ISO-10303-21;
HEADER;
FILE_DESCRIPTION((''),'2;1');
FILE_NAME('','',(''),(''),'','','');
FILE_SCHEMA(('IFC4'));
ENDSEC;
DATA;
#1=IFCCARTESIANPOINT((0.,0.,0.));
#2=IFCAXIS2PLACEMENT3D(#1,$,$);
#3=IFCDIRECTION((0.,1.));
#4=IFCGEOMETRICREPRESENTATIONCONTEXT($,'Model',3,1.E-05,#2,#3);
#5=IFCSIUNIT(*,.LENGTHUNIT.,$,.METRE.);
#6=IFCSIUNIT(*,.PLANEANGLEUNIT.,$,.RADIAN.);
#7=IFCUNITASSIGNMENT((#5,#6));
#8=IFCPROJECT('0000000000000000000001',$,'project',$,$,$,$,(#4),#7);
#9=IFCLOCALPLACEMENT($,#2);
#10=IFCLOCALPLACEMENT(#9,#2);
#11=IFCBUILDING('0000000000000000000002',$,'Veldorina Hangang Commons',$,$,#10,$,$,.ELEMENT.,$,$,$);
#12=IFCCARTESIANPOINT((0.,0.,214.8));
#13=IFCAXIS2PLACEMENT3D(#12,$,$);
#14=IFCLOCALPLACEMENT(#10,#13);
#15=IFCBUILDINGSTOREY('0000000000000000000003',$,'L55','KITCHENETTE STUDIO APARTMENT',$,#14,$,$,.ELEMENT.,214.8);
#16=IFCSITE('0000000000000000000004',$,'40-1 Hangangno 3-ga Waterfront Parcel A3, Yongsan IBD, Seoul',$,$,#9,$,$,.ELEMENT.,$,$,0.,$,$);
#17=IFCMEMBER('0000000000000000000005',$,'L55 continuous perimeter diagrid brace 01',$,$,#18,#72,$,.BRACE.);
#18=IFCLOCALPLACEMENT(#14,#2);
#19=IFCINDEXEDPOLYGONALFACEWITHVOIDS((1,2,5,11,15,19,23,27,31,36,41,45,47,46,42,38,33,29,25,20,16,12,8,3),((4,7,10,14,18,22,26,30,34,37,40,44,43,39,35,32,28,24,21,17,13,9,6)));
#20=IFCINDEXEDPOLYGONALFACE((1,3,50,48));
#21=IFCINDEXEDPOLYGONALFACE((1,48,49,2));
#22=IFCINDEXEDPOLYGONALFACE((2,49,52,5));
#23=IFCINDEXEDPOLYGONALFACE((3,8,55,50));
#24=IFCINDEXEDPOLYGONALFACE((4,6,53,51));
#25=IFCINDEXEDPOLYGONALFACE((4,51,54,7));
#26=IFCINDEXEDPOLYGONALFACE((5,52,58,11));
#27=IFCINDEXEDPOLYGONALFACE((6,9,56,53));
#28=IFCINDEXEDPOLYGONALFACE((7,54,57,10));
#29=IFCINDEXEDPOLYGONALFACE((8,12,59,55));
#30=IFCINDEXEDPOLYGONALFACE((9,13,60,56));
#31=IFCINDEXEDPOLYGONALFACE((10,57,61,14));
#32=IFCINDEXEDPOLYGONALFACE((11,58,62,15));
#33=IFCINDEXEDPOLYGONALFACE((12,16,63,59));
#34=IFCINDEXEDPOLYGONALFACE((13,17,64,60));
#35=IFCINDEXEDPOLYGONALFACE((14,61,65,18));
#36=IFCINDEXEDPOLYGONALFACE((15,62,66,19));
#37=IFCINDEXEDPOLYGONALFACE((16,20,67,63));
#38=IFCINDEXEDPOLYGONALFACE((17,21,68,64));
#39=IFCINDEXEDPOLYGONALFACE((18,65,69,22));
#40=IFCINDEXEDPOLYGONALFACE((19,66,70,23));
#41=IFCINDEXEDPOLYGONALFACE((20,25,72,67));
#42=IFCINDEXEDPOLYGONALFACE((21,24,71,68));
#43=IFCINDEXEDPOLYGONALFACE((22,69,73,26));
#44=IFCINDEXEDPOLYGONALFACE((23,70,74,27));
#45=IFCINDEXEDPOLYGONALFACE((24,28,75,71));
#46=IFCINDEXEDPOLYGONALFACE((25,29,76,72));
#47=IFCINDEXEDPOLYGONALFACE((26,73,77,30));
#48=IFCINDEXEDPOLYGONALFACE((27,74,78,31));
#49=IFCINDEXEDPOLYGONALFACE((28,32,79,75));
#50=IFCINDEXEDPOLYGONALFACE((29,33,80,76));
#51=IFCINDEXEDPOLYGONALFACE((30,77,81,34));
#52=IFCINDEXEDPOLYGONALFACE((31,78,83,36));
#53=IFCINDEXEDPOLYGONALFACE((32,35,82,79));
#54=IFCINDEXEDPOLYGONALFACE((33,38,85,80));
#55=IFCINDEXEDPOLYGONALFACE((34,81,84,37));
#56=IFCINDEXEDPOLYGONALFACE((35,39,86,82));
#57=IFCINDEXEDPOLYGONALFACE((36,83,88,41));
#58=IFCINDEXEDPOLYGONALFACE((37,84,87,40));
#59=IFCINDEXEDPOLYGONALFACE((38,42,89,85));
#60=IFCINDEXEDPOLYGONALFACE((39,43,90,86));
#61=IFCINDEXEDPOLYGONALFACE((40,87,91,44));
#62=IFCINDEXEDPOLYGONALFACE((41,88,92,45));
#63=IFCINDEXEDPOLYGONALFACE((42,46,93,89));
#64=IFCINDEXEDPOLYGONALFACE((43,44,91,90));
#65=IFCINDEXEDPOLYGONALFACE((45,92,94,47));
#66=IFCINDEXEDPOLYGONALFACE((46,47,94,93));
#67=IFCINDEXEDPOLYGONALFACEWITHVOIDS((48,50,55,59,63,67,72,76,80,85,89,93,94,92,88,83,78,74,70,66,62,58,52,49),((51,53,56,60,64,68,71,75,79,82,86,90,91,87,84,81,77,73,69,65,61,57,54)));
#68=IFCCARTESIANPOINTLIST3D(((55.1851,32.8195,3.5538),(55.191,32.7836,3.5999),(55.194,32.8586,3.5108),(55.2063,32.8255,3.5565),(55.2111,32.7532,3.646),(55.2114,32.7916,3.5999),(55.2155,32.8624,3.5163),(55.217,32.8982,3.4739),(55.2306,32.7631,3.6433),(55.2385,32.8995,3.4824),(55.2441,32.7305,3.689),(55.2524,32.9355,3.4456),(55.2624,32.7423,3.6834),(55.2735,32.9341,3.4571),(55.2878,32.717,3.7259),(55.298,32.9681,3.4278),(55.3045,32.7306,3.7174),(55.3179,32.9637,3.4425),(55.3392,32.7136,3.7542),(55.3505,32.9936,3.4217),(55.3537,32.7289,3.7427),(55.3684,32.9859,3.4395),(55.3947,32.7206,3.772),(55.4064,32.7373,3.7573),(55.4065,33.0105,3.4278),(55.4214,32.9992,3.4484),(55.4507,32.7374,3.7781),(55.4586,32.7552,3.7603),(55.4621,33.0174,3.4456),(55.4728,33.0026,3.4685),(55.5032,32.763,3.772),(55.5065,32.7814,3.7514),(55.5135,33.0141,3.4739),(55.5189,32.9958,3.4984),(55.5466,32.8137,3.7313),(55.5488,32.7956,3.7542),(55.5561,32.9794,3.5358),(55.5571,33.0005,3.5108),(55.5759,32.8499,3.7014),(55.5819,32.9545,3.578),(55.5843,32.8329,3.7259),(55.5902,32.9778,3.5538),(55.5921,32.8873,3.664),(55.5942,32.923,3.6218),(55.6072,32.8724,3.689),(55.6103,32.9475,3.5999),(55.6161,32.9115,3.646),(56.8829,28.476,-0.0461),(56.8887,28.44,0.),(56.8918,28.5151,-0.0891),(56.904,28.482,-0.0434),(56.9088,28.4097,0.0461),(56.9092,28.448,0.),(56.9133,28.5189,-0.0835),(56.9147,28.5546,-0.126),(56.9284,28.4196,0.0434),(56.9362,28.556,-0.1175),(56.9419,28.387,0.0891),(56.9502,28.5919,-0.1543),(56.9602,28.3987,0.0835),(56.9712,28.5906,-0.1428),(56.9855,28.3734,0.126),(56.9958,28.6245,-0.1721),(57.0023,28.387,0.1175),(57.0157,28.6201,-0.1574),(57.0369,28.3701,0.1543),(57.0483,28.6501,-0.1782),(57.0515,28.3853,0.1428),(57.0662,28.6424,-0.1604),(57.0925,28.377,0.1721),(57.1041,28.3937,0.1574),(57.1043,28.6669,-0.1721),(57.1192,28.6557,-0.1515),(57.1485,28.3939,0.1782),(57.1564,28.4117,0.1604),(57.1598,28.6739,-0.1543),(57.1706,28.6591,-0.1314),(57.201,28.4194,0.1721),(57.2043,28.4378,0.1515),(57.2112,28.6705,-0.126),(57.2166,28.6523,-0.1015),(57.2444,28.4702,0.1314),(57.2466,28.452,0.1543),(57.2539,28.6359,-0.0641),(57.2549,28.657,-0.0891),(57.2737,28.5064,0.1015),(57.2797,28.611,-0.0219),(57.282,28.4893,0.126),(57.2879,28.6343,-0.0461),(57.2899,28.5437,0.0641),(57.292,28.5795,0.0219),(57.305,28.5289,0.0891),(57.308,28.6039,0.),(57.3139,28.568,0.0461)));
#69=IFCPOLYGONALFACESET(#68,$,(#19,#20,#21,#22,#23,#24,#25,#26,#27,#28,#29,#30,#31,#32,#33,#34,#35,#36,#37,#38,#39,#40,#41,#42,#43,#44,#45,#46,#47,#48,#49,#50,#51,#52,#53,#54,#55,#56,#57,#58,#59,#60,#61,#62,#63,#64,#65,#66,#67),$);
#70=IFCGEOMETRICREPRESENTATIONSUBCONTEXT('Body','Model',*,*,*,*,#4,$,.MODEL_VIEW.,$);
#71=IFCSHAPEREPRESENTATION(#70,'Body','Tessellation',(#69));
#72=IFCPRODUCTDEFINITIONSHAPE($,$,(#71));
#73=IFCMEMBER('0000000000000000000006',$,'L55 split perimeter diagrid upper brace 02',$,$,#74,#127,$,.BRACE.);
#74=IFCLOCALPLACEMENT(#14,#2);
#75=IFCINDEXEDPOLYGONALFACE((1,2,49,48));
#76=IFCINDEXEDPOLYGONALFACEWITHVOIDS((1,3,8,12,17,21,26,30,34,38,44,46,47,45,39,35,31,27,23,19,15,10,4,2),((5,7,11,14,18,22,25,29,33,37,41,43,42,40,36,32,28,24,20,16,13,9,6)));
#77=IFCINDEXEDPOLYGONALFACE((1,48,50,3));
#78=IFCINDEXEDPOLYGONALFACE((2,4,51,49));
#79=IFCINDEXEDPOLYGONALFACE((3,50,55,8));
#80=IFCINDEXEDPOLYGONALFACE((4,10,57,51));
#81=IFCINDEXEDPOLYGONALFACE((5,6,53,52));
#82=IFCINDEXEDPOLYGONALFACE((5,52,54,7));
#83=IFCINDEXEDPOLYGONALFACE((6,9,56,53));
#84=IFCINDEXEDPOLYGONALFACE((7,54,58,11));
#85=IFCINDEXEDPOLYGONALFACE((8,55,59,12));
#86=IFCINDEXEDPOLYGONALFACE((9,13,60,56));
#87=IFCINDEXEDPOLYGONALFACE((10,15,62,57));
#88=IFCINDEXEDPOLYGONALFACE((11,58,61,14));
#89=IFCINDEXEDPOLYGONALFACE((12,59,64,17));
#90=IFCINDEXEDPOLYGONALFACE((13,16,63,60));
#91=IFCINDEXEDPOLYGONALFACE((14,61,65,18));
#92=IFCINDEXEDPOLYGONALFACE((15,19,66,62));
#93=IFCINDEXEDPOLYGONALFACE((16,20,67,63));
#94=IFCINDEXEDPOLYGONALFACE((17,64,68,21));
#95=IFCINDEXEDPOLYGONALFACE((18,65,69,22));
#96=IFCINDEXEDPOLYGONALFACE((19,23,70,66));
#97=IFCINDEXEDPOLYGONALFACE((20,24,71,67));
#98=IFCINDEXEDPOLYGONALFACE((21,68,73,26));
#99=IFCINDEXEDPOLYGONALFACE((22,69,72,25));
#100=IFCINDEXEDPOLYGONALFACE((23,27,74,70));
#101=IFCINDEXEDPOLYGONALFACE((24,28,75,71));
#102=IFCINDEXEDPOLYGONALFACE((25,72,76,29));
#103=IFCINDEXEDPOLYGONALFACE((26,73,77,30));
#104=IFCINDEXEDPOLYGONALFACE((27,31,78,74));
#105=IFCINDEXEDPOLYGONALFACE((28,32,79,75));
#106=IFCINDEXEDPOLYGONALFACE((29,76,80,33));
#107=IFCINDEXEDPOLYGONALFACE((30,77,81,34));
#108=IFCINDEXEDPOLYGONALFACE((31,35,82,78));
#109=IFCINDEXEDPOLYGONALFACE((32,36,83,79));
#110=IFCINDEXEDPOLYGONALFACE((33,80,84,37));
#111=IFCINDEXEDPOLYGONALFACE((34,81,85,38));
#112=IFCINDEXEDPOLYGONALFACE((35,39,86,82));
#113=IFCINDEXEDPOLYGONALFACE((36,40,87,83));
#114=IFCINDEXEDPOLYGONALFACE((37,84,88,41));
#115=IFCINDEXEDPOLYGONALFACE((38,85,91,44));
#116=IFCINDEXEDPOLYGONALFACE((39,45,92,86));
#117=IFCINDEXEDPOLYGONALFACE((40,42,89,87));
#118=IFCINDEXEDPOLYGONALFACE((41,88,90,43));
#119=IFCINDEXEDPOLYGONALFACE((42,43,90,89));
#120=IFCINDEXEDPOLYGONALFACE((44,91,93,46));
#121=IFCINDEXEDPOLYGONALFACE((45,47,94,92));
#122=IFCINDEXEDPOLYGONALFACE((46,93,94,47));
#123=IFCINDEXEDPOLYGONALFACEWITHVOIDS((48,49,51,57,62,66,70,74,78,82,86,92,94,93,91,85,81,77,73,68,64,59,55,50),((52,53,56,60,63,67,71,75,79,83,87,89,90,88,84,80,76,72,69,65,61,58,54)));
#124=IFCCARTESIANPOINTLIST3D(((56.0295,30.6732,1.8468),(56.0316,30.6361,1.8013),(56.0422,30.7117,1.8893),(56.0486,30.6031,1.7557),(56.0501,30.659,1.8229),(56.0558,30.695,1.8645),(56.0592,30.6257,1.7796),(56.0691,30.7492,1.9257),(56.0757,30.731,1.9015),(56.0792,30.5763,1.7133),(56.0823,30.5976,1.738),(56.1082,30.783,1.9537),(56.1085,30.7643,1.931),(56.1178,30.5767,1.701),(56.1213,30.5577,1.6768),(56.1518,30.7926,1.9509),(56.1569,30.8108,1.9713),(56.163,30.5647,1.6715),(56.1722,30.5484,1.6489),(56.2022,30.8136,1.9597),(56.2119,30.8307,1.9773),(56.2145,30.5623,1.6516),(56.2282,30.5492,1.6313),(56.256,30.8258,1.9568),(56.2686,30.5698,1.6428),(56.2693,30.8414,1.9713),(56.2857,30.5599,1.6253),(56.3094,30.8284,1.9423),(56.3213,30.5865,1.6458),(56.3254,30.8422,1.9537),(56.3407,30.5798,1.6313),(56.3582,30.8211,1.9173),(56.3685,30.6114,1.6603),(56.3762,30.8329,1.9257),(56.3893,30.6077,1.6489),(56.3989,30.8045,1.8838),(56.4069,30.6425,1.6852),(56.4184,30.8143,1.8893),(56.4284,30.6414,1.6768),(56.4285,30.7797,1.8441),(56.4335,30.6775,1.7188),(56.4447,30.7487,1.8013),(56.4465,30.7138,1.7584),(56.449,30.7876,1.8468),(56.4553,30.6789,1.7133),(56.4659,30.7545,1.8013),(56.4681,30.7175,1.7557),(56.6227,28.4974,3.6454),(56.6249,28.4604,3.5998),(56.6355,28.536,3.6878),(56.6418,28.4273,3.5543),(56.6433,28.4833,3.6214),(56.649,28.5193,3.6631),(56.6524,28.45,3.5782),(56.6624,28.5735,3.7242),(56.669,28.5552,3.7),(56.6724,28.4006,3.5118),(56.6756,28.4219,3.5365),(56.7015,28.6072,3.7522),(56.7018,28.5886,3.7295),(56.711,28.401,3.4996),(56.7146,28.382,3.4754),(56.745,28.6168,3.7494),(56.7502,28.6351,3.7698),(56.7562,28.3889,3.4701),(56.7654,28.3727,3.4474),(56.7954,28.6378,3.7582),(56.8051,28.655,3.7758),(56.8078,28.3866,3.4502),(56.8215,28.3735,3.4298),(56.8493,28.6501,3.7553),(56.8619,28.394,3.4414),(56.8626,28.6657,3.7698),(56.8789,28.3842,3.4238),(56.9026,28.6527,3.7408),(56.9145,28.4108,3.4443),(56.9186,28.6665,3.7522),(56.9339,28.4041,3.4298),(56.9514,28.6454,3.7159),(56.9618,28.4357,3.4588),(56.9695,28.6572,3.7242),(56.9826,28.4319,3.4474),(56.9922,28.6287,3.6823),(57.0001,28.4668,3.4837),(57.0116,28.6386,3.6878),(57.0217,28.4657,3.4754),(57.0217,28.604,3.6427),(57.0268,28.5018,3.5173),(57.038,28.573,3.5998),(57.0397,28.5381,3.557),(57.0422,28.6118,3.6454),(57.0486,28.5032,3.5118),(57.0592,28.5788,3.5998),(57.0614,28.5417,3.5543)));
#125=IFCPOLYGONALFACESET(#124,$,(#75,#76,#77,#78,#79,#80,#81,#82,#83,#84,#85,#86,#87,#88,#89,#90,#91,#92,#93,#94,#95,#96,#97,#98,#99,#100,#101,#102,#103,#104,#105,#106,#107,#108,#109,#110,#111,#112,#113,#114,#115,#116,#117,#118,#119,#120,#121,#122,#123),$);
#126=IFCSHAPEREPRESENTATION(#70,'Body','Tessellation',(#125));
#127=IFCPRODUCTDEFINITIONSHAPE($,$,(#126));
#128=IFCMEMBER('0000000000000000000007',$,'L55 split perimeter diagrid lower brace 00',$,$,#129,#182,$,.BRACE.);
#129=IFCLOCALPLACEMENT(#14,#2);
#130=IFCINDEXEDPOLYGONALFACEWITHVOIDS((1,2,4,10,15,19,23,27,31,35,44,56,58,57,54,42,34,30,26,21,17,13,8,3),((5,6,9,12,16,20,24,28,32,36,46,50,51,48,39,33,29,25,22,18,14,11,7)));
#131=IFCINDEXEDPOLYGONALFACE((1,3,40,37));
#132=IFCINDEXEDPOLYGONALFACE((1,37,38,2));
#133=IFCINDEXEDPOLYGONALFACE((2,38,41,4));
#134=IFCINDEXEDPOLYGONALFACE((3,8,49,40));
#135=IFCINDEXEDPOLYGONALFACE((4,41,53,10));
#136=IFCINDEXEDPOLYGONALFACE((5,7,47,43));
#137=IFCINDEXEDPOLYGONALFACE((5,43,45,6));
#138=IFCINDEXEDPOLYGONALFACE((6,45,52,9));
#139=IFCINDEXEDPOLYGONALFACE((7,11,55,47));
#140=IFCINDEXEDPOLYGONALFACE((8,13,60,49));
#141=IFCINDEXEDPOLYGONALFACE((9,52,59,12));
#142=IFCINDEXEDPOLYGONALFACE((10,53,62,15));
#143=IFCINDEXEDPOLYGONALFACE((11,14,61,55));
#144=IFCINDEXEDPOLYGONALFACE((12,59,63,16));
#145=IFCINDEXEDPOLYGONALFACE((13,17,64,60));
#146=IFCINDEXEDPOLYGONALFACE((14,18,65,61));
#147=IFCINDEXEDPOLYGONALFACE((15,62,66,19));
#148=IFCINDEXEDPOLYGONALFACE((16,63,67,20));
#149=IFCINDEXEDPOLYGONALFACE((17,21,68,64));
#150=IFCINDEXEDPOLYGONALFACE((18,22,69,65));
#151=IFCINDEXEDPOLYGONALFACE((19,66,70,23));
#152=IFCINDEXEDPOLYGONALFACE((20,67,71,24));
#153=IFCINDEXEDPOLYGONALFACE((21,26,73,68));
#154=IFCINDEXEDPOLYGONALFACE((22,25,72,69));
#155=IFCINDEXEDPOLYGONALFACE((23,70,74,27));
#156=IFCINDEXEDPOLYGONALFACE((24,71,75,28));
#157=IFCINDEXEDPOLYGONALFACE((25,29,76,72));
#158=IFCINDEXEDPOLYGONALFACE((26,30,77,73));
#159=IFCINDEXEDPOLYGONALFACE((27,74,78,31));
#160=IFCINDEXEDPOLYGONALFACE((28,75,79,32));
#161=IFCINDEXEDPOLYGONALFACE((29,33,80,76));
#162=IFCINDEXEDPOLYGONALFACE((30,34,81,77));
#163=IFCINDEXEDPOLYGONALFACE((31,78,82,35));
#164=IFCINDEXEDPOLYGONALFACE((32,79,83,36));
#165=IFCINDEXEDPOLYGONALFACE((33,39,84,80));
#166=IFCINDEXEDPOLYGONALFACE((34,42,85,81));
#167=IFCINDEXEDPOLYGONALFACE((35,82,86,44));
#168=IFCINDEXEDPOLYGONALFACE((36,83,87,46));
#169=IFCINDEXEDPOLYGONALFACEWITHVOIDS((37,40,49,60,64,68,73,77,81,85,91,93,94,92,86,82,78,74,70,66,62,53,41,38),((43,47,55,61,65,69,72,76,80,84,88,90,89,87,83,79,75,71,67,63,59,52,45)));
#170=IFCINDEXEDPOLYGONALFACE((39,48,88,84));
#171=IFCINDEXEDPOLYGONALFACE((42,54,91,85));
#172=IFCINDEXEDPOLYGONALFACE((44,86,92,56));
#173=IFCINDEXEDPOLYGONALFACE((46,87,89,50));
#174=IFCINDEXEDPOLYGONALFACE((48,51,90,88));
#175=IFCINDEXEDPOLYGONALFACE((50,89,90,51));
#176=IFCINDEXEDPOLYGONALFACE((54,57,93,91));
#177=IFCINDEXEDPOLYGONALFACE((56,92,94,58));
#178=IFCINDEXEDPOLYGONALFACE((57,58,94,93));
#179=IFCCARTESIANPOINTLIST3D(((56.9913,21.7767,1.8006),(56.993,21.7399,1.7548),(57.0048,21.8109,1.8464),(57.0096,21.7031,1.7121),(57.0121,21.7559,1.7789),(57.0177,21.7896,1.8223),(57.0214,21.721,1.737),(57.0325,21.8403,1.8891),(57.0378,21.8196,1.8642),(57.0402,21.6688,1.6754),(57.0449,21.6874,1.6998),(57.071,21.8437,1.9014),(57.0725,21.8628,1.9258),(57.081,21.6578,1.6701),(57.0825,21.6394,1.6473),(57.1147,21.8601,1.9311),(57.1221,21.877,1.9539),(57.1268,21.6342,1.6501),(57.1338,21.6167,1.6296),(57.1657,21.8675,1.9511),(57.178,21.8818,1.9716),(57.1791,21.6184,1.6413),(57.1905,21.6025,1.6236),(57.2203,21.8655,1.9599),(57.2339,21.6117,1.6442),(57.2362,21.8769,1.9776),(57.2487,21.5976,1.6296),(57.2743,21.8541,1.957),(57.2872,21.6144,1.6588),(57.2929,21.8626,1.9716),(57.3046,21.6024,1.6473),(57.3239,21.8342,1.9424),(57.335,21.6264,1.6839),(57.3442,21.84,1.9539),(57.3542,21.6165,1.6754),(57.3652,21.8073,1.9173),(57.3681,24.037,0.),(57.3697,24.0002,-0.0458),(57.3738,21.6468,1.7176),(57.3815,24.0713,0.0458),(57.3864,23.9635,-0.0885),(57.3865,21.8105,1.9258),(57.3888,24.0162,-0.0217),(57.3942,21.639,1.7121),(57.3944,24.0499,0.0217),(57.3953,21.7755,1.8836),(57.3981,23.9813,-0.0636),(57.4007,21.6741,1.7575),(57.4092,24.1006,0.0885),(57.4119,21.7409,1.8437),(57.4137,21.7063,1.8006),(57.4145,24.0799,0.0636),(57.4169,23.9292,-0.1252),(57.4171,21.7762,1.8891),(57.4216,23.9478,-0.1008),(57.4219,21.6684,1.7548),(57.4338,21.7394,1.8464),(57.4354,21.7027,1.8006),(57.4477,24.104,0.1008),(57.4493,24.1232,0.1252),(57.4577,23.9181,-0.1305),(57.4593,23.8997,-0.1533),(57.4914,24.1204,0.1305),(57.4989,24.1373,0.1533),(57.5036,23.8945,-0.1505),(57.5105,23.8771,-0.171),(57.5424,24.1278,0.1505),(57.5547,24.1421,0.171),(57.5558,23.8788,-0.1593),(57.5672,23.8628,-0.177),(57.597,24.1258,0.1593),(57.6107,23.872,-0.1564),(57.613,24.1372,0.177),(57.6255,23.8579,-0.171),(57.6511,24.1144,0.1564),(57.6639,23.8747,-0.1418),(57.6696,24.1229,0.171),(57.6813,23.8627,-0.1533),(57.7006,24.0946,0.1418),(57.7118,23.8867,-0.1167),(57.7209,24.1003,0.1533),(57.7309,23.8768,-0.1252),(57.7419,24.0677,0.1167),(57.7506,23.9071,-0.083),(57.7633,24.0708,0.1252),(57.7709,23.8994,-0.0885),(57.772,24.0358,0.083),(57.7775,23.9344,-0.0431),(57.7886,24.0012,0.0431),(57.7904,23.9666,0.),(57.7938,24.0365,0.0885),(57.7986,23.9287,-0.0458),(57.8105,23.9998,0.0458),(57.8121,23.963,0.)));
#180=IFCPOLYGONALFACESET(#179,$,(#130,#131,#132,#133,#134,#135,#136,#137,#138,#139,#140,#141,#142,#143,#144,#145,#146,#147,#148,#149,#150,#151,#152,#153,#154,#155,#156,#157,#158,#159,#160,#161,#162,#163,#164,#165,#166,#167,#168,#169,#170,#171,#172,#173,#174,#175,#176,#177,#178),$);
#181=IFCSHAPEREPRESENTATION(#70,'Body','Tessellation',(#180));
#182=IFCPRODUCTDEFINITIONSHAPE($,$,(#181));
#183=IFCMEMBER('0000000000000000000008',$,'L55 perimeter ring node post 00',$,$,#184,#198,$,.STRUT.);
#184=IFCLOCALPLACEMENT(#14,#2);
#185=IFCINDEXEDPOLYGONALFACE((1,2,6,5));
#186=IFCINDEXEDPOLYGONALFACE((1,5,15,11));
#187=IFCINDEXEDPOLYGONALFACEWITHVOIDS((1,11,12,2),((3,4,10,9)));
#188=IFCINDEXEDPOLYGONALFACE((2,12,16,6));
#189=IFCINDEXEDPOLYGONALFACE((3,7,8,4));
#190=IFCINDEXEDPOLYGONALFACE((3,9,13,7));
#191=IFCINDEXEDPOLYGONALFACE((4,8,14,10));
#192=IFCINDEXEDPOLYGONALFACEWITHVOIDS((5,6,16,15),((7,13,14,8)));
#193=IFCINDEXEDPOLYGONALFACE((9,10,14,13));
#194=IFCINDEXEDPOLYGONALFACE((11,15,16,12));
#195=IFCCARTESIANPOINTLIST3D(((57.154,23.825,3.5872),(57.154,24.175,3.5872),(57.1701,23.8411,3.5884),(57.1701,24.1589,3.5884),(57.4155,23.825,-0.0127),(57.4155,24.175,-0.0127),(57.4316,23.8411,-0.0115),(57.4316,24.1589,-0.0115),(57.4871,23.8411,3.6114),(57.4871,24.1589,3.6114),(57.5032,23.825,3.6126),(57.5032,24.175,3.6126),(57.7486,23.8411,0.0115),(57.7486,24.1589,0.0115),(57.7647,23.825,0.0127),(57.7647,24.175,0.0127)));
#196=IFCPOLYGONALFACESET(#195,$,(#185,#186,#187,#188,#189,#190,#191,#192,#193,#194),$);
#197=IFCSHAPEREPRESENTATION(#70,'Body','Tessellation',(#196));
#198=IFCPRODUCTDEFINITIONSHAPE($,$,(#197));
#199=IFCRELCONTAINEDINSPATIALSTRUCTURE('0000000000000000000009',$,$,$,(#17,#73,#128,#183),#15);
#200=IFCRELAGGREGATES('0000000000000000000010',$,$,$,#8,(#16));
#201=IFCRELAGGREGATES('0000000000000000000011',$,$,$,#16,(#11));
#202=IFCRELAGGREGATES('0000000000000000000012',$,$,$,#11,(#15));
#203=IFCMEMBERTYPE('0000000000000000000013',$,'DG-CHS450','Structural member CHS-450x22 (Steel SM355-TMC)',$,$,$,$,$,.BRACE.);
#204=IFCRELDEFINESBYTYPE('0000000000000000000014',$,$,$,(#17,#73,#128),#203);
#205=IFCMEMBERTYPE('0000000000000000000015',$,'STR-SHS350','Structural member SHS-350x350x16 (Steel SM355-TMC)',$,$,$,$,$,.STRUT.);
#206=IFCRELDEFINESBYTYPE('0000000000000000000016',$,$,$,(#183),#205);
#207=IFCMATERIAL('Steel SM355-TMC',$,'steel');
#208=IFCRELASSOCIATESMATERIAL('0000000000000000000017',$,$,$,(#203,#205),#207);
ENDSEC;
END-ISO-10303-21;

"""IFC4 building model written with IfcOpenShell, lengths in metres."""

from ifc_helpers import new_model, si_unit, direction, frame, origin, origin_2d, place, context, subcontext, project, spatial, hollow_rectangle, hollow_circle, extrude, material, material_profile, profile_set, type_object, element, save


model = new_model("IFC4")

# Units and contexts
model_context = context("Model", 3, precision=1e-05, world=origin(), true_north=direction((0.0, 1.0)))
body_context = subcontext(model_context, "Body", "Model", "MODEL_VIEW")
ifc_project = project(units=[si_unit("LENGTHUNIT", "METRE"), si_unit("PLANEANGLEUNIT", "RADIAN")], contexts=[model_context])

# Site, building, storey
site_placement = place(None, origin())
site = spatial("IfcSite", under=ifc_project, at=site_placement, Name="40-1 Hangangno 3-ga Waterfront Parcel A3, Yongsan IBD, Seoul", CompositionType="ELEMENT", RefElevation=0.0)
building_placement = place(site_placement, origin())
building = spatial("IfcBuilding", under=site, at=building_placement, Name="Veldorina Hangang Commons", CompositionType="ELEMENT")
storey_placement = place(building_placement, frame((0.0, 0.0, 214.8)))
storey = spatial("IfcBuildingStorey", under=building, at=storey_placement, Name="L55", Description="KITCHENETTE STUDIO APARTMENT", CompositionType="ELEMENT", Elevation=214.8)

# Shared definitions
ifc_material_1 = material(Name="Steel SM355-TMC", Category="steel")

# Members
ifc_material_profile_1 = material_profile(ifc_material_1, hollow_circle(Radius=0.2251, WallThickness=0.022, at=origin_2d()), Name="CHS-450x22")
ifc_profile_set_1 = profile_set([ifc_material_profile_1], Name="Steel SM355-TMC")
member_type_1 = type_object("IfcMemberType", Name="DG-CHS450", Description="Structural member CHS-450x22 (Steel SM355-TMC)", PredefinedType="BRACE", material=ifc_profile_set_1)
member_1_placement = place(storey_placement, frame((57.0984, 28.522, 0.0), z_axis=(-0.28818, 0.737275, 0.611046), x_axis=(-0.931379, -0.36405, 0.0)))
element("IfcMember", 1, at=member_1_placement, inside=storey, type_object=member_type_1, Name="L55 continuous perimeter diagrid brace 01", PredefinedType="BRACE", context=body_context, shape_type="SweptSolid", body=[
    extrude(hollow_circle(Radius=0.2251, WallThickness=0.022, at=origin_2d()), origin(), (0.0, 0.0, 1.0), 5.8914),
])
member_2_placement = place(storey_placement, frame((56.2488, 30.6953, 1.8013), z_axis=(0.205666, -0.754276, 0.623514), x_axis=(0.964779, 0.263062, 0.0)))
element("IfcMember", 2, at=member_2_placement, inside=storey, type_object=member_type_1, Name="L55 split perimeter diagrid upper brace 02", PredefinedType="BRACE", context=body_context, shape_type="SweptSolid", body=[
    extrude(hollow_circle(Radius=0.2251, WallThickness=0.022, at=origin_2d()), origin(), (0.0, 0.0, 1.0), 2.8845),
])
member_3_placement = place(storey_placement, frame((57.5901, 24.0, 0.0), z_axis=(-0.129266, -0.775599, 0.617848), x_axis=(0.986394, -0.164399, 0.0)))
element("IfcMember", 3, at=member_3_placement, inside=storey, type_object=member_type_1, Name="L55 split perimeter diagrid lower brace 00", PredefinedType="BRACE", context=body_context, shape_type="SweptSolid", body=[
    extrude(hollow_circle(Radius=0.2251, WallThickness=0.022, at=origin_2d()), origin(), (0.0, 0.0, 1.0), 2.9143),
])
ifc_material_profile_2 = material_profile(ifc_material_1, hollow_rectangle(XDim=0.3501, YDim=0.3501, WallThickness=0.0161, at=origin_2d()), Name="SHS-350x350x16")
ifc_profile_set_2 = profile_set([ifc_material_profile_2], Name="Steel SM355-TMC")
member_type_2 = type_object("IfcMemberType", Name="STR-SHS350", Description="Structural member SHS-350x350x16 (Steel SM355-TMC)", PredefinedType="STRUT", material=ifc_profile_set_2)
member_4_placement = place(storey_placement, frame((57.5901, 24.0, 0.0), z_axis=(-0.072444, 0.0, 0.997372), x_axis=(0.0, -1.0, 0.0)))
element("IfcMember", 4, at=member_4_placement, inside=storey, type_object=member_type_2, Name="L55 perimeter ring node post 00", PredefinedType="STRUT", context=body_context, shape_type="SweptSolid", body=[
    extrude(hollow_rectangle(XDim=0.3501, YDim=0.3501, WallThickness=0.0161, at=origin_2d()), origin(), (0.0, 0.0, 1.0), 3.6094),
])

save(model, "model.ifc")
